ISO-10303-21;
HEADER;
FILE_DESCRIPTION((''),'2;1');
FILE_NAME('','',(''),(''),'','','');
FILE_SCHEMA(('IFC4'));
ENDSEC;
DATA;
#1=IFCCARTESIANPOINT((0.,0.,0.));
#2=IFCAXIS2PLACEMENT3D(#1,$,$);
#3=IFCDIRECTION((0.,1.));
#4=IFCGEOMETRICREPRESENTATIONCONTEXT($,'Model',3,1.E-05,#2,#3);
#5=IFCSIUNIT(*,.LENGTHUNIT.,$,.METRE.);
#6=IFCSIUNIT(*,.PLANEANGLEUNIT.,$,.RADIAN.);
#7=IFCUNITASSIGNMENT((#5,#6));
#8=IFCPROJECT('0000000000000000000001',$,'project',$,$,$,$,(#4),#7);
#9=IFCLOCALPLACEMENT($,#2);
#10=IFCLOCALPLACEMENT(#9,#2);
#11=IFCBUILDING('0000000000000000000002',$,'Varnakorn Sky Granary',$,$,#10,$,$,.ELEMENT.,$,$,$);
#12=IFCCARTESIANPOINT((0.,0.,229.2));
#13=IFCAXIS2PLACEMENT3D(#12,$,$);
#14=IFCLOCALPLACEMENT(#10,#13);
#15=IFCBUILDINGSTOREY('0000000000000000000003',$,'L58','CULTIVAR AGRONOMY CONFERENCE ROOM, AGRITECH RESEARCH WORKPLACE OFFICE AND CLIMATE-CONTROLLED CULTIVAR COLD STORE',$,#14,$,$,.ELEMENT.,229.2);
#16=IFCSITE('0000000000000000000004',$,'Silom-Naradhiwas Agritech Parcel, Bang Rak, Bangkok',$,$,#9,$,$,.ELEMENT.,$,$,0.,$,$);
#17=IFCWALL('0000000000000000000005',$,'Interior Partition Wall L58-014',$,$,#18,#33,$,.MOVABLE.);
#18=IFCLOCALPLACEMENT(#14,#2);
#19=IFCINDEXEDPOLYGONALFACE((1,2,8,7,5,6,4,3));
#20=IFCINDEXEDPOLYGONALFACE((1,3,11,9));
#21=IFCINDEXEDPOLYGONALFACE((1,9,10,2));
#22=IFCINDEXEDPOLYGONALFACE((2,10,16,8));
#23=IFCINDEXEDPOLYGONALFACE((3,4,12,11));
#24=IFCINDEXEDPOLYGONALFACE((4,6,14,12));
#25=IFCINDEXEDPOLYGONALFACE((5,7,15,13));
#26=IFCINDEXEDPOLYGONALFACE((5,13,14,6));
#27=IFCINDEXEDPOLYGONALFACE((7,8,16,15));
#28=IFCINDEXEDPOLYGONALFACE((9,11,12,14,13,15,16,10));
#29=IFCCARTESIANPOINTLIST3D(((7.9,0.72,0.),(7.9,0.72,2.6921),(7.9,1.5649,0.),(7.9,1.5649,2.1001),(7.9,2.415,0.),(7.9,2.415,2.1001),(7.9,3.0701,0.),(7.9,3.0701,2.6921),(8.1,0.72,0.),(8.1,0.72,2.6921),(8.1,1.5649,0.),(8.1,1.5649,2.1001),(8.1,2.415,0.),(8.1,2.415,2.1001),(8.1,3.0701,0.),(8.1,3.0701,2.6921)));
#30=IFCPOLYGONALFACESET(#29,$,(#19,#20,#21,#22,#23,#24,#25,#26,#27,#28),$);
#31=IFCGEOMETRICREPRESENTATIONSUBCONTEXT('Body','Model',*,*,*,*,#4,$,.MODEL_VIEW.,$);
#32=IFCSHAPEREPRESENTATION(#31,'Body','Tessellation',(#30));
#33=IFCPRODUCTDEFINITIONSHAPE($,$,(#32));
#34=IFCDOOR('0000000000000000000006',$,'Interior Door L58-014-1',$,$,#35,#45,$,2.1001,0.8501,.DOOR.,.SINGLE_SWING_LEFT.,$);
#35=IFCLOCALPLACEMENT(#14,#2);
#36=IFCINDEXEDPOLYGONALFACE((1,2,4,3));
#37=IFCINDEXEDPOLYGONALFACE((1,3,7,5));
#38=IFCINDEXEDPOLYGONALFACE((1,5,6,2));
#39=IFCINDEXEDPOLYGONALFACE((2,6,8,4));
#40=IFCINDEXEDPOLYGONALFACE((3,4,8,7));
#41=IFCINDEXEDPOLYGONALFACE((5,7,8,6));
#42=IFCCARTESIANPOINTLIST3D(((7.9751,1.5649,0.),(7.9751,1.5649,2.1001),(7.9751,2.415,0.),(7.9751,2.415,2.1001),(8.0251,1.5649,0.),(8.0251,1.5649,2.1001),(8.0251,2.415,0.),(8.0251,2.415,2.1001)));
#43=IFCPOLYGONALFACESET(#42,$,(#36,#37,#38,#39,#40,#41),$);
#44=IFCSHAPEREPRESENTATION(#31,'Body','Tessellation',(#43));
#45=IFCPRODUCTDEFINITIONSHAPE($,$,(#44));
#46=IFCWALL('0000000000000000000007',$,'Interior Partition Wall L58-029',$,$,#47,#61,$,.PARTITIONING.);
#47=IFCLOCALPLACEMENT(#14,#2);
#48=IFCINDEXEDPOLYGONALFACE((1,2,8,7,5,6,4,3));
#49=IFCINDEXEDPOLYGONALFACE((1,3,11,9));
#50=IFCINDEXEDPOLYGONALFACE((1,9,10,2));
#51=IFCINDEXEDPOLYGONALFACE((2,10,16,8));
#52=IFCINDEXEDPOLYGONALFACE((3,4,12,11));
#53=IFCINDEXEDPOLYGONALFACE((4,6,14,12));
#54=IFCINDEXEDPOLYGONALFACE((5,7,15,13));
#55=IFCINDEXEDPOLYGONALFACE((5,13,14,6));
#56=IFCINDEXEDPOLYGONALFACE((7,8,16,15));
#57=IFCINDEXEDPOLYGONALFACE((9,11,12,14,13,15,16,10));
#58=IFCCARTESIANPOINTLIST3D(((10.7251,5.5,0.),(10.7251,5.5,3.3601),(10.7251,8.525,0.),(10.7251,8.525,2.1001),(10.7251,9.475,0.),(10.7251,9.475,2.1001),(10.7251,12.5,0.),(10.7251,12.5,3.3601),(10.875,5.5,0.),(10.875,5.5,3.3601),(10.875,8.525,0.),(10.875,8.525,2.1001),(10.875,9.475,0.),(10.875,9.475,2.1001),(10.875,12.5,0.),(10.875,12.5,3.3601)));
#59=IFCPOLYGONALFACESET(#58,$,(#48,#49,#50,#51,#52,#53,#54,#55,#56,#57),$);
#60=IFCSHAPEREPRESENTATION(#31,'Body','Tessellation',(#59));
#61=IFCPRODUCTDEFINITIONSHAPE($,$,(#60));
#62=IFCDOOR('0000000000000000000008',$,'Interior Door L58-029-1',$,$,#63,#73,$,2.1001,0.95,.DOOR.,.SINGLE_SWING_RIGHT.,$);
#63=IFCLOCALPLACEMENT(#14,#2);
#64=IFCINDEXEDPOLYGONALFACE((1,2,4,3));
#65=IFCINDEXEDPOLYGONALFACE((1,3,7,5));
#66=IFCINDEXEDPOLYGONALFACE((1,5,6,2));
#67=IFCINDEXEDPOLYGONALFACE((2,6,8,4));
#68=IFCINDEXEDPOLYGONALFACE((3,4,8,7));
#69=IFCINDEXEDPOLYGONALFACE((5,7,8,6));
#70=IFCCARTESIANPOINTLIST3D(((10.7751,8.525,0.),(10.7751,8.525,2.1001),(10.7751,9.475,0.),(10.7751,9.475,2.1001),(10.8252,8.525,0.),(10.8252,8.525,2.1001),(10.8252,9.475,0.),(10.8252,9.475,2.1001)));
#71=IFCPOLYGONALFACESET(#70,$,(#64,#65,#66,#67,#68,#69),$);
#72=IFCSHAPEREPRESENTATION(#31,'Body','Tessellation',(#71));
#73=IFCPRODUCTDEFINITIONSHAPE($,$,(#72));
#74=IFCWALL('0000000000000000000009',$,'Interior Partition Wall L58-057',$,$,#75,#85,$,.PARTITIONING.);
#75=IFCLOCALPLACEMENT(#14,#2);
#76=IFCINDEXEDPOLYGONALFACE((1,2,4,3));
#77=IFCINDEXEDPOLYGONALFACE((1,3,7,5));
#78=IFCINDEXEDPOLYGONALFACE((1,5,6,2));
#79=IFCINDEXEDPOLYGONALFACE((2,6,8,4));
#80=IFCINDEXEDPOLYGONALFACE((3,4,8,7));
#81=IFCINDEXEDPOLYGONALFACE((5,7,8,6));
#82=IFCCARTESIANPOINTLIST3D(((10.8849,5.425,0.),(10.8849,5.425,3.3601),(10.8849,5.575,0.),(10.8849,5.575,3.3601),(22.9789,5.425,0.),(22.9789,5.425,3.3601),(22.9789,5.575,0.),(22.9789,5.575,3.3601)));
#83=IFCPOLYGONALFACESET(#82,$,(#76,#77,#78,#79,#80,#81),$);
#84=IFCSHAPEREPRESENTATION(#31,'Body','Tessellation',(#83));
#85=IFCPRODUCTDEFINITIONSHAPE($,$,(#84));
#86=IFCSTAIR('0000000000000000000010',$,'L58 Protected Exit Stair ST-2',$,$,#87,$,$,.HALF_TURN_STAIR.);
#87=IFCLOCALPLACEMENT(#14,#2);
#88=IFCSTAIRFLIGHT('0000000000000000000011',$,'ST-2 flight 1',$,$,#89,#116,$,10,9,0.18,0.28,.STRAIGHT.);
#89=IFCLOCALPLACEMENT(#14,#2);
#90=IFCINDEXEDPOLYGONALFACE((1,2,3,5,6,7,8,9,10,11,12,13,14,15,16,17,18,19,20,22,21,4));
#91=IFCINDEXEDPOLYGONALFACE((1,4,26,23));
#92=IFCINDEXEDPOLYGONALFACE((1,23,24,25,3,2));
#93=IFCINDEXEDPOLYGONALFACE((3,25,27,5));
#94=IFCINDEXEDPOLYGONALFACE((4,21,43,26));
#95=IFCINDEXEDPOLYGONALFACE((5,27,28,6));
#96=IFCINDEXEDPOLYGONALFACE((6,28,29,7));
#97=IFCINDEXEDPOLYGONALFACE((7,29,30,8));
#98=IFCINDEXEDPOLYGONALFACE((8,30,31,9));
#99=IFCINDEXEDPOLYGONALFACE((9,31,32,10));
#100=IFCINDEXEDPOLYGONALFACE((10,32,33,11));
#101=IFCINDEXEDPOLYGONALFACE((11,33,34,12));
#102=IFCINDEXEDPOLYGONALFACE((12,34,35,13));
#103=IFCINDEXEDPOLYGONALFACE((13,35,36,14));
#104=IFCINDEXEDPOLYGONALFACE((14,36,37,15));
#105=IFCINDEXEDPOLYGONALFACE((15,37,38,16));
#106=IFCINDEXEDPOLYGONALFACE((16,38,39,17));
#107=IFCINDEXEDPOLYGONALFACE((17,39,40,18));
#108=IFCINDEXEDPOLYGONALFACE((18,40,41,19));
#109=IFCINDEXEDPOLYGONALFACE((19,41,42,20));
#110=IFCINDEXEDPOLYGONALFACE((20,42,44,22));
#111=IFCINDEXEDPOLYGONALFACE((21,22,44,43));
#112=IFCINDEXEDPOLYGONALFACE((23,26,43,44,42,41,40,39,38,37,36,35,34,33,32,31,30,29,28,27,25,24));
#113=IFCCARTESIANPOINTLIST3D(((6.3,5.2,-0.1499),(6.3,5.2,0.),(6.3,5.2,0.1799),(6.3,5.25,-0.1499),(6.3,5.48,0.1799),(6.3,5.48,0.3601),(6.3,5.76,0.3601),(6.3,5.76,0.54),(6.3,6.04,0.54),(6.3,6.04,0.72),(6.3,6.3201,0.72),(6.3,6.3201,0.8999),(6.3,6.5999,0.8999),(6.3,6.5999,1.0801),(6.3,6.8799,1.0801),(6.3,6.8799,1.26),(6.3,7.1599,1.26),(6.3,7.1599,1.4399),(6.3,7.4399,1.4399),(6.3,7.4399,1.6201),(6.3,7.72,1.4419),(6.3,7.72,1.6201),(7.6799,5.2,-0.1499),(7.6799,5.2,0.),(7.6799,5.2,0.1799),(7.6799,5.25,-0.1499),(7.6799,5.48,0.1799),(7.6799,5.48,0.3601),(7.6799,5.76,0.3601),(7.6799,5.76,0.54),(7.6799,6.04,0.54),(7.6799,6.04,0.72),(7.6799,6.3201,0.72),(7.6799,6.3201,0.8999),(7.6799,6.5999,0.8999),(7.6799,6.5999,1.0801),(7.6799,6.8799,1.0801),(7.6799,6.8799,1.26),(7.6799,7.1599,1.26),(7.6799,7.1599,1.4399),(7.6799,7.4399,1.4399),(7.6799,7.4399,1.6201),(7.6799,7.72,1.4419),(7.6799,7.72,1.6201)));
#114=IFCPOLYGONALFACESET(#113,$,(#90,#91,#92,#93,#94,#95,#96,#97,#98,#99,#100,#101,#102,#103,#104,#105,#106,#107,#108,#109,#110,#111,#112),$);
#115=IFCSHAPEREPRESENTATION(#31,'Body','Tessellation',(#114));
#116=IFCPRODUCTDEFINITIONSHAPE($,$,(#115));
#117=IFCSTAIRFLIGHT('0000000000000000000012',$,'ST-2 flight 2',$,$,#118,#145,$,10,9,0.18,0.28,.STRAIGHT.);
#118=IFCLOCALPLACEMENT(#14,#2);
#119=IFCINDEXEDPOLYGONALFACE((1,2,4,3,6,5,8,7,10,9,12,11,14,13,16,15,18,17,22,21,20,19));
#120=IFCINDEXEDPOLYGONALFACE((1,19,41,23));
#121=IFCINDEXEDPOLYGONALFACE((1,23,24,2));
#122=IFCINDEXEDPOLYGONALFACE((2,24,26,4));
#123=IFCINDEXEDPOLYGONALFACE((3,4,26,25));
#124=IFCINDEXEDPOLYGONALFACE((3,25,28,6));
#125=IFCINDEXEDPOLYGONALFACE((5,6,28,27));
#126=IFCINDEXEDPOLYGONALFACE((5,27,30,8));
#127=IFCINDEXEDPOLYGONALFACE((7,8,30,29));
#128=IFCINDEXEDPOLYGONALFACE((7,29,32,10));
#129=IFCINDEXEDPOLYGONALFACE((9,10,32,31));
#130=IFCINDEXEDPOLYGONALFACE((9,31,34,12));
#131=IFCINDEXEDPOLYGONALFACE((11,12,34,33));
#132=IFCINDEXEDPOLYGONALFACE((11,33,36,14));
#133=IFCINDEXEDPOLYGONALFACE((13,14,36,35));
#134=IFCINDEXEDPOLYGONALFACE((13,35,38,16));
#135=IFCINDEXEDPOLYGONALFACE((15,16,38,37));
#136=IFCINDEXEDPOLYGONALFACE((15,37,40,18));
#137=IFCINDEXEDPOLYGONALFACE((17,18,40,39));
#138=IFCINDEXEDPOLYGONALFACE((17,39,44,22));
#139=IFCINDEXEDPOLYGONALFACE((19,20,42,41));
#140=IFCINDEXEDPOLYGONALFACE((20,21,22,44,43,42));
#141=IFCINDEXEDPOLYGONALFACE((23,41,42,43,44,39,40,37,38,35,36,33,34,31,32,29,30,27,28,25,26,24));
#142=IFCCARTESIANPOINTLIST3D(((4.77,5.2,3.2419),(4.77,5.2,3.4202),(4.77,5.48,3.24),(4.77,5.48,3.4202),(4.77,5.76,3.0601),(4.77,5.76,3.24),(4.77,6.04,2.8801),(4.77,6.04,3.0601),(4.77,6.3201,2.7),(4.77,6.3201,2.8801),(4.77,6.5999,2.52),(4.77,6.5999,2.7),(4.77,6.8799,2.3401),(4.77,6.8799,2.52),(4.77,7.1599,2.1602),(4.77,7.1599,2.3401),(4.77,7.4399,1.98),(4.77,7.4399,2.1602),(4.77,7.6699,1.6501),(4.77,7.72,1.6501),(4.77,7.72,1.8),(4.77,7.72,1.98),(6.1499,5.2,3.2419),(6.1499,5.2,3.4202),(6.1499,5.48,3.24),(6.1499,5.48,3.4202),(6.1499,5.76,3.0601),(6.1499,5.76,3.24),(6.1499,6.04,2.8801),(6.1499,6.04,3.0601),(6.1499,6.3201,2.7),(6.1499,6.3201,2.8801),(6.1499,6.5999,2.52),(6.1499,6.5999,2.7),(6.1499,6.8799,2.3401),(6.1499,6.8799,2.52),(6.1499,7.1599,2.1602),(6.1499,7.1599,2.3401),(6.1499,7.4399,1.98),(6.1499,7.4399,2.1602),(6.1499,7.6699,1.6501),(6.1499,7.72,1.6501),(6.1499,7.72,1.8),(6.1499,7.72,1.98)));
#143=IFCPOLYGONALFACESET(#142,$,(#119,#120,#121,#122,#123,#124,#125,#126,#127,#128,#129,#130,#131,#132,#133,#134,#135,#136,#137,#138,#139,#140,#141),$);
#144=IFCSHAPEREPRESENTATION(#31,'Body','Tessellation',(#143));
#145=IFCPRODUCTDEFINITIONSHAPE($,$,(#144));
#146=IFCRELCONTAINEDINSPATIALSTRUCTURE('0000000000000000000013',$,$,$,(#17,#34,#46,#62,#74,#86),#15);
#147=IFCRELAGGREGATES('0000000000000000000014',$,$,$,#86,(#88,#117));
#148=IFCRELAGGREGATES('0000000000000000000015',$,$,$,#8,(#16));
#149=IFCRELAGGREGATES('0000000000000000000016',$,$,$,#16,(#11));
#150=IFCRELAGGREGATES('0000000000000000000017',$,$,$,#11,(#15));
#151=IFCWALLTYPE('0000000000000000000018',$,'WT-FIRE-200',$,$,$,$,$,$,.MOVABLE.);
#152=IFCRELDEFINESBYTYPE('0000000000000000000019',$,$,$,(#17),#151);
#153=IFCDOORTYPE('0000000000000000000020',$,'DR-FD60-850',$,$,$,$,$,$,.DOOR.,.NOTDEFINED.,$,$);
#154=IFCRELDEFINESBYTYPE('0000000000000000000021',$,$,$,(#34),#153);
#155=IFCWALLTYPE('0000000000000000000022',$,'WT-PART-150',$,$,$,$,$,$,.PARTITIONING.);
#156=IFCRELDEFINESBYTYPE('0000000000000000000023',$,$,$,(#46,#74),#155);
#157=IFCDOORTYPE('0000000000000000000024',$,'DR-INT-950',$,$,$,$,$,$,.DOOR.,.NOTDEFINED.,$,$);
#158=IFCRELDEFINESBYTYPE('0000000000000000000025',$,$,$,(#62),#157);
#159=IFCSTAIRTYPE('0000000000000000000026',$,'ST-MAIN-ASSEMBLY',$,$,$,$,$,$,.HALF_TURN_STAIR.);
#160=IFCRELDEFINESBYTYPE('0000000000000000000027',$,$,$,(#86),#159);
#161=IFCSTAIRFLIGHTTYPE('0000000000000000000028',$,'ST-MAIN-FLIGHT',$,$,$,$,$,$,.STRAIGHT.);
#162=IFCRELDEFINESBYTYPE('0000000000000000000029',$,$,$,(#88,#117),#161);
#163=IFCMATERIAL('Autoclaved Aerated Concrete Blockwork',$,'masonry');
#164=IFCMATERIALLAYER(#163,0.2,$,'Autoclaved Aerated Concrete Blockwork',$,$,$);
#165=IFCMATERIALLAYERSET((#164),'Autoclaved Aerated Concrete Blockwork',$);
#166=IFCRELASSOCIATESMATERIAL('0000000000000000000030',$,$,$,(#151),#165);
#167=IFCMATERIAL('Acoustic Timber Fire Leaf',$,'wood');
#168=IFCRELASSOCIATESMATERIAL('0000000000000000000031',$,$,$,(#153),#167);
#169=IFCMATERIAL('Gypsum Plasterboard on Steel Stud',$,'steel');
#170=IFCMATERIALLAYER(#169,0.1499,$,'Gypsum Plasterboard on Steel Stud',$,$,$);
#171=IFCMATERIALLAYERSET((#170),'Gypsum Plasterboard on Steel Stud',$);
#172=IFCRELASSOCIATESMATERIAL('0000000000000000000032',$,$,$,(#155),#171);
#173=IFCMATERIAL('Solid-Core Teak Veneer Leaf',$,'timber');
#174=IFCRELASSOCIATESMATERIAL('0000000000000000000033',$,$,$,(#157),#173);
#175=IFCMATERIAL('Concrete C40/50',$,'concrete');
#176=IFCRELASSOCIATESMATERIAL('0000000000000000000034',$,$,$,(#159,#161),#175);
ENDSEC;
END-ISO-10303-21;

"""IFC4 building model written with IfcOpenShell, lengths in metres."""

from ifc_helpers import new_model, si_unit, direction, frame, frame_2d, origin, place, context, subcontext, project, spatial, polyline, rectangle, outline, extrude, material, layer, layer_set, type_object, element, fill, aggregate, save


model = new_model("IFC4")

# Units and contexts
model_context = context("Model", 3, precision=1e-05, world=origin(), true_north=direction((0.0, 1.0)))
body_context = subcontext(model_context, "Body", "Model", "MODEL_VIEW")
ifc_project = project(units=[si_unit("LENGTHUNIT", "METRE"), si_unit("PLANEANGLEUNIT", "RADIAN")], contexts=[model_context])

# Site, building, storey
site_placement = place(None, origin())
site = spatial("IfcSite", under=ifc_project, at=site_placement, Name="Silom-Naradhiwas Agritech Parcel, Bang Rak, Bangkok", CompositionType="ELEMENT", RefElevation=0.0)
building_placement = place(site_placement, origin())
building = spatial("IfcBuilding", under=site, at=building_placement, Name="Varnakorn Sky Granary", CompositionType="ELEMENT")
storey_placement = place(building_placement, frame((0.0, 0.0, 229.2)))
storey = spatial("IfcBuildingStorey", under=building, at=storey_placement, Name="L58", Description="CULTIVAR AGRONOMY CONFERENCE ROOM, AGRITECH RESEARCH WORKPLACE OFFICE AND CLIMATE-CONTROLLED CULTIVAR COLD STORE", CompositionType="ELEMENT", Elevation=229.2)

# Walls, openings, doors
ifc_material_1 = material(Name="Autoclaved Aerated Concrete Blockwork", Category="masonry")
ifc_layer_1 = layer(ifc_material_1, 0.2, Name="Autoclaved Aerated Concrete Blockwork")
ifc_layer_set_1 = layer_set([ifc_layer_1], Name="Autoclaved Aerated Concrete Blockwork")
wall_type_1 = type_object("IfcWallType", Name="WT-FIRE-200", PredefinedType="MOVABLE", material=ifc_layer_set_1)
ifc_material_2 = material(Name="Acoustic Timber Fire Leaf", Category="wood")
wall_1_placement = place(storey_placement, frame((8.0, 0.72, 0.0), z_axis=(0.0, 0.0, 1.0), x_axis=(0.0, 1.0, 0.0)))
wall_1 = element("IfcWall", 1, at=wall_1_placement, inside=storey, type_object=wall_type_1, Name="Interior Partition Wall L58-014", PredefinedType="MOVABLE", context=body_context, shape_type="SweptSolid", body=[
    extrude(rectangle(XDim=2.3501, YDim=0.2, at=frame_2d((1.175, 0.0))), origin(), (0.0, 0.0, 1.0), 2.6921),
])
opening_1_placement = place(wall_1_placement, frame((0.845, 0.0, 0.0)))
opening_1 = element("IfcOpeningElement", 2, at=opening_1_placement, cuts=wall_1, PredefinedType="OPENING", context=body_context, shape_type="SweptSolid", body=[
    extrude(rectangle(XDim=0.8501, YDim=2.1001, at=frame_2d((0.425, 1.05))), frame((0.0, 0.1099, 0.0), z_axis=(0.0, -1.0, 0.0), x_axis=(1.0, 0.0, 0.0)), (0.0, 0.0, 1.0), 0.22),
])
door_type_1 = type_object("IfcDoorType", Name="DR-FD60-850", OperationType="NOTDEFINED", PredefinedType="DOOR", material=ifc_material_2)
door_1_placement = place(opening_1_placement, origin())
door_1 = element("IfcDoor", 3, at=door_1_placement, inside=storey, type_object=door_type_1, Name="Interior Door L58-014-1", OperationType="SINGLE_SWING_LEFT", OverallHeight=2.1001, OverallWidth=0.8501, PredefinedType="DOOR", context=body_context, shape_type="SweptSolid", body=[
    extrude(rectangle(XDim=0.8501, YDim=2.1001, at=frame_2d((0.425, 1.05))), frame((0.0, 0.0249, 0.0), z_axis=(0.0, -1.0, 0.0), x_axis=(1.0, 0.0, 0.0)), (0.0, 0.0, 1.0), 0.05),
])
fill(opening_1, door_1)
ifc_material_3 = material(Name="Gypsum Plasterboard on Steel Stud", Category="steel")
ifc_layer_2 = layer(ifc_material_3, 0.1499, Name="Gypsum Plasterboard on Steel Stud")
ifc_layer_set_2 = layer_set([ifc_layer_2], Name="Gypsum Plasterboard on Steel Stud")
wall_type_2 = type_object("IfcWallType", Name="WT-PART-150", PredefinedType="PARTITIONING", material=ifc_layer_set_2)
wall_2_placement = place(storey_placement, frame((10.8, 5.5, 0.0), z_axis=(0.0, 0.0, 1.0), x_axis=(0.0, 1.0, 0.0)))
wall_2 = element("IfcWall", 4, at=wall_2_placement, inside=storey, type_object=wall_type_2, Name="Interior Partition Wall L58-029", PredefinedType="PARTITIONING", context=body_context, shape_type="SweptSolid", body=[
    extrude(rectangle(XDim=7.0, YDim=0.1499, at=frame_2d((3.5, 0.0))), origin(), (0.0, 0.0, 1.0), 3.3601),
])
opening_2_placement = place(wall_2_placement, frame((3.0249, 0.0, 0.0)))
opening_2 = element("IfcOpeningElement", 5, at=opening_2_placement, cuts=wall_2, PredefinedType="OPENING", context=body_context, shape_type="SweptSolid", body=[
    extrude(rectangle(XDim=0.95, YDim=2.1001, at=frame_2d((0.4751, 1.05))), frame((0.0, 0.085, 0.0), z_axis=(0.0, -1.0, 0.0), x_axis=(1.0, 0.0, 0.0)), (0.0, 0.0, 1.0), 0.1699),
])
ifc_material_4 = material(Name="Solid-Core Teak Veneer Leaf", Category="timber")
door_type_2 = type_object("IfcDoorType", Name="DR-INT-950", OperationType="NOTDEFINED", PredefinedType="DOOR", material=ifc_material_4)
door_2_placement = place(opening_2_placement, origin())
door_2 = element("IfcDoor", 6, at=door_2_placement, inside=storey, type_object=door_type_2, Name="Interior Door L58-029-1", OperationType="SINGLE_SWING_RIGHT", OverallHeight=2.1001, OverallWidth=0.95, PredefinedType="DOOR", context=body_context, shape_type="SweptSolid", body=[
    extrude(rectangle(XDim=0.95, YDim=2.1001, at=frame_2d((0.4751, 1.05))), frame((0.0, 0.0249, 0.0), z_axis=(0.0, -1.0, 0.0), x_axis=(1.0, 0.0, 0.0)), (0.0, 0.0, 1.0), 0.05),
])
fill(opening_2, door_2)

# Wall
wall_3_placement = place(storey_placement, frame((10.885, 5.5, 0.0), z_axis=(0.0, 0.0, 1.0), x_axis=(1.0, 0.0, 0.0)))
element("IfcWall", 7, at=wall_3_placement, inside=storey, type_object=wall_type_2, Name="Interior Partition Wall L58-057", PredefinedType="PARTITIONING", context=body_context, shape_type="SweptSolid", body=[
    extrude(rectangle(XDim=12.094, YDim=0.1499, at=frame_2d((6.0469, 0.0))), origin(), (0.0, 0.0, 1.0), 3.3601),
])

# Stair, stair flights
ifc_material_5 = material(Name="Concrete C40/50", Category="concrete")
stair_type = type_object("IfcStairType", Name="ST-MAIN-ASSEMBLY", PredefinedType="HALF_TURN_STAIR", material=ifc_material_5)
stair_placement = place(storey_placement, origin())
stair = element("IfcStair", 8, at=stair_placement, inside=storey, type_object=stair_type, Name="L58 Protected Exit Stair ST-2", PredefinedType="HALF_TURN_STAIR")
stair_flight_type = type_object("IfcStairFlightType", Name="ST-MAIN-FLIGHT", PredefinedType="STRAIGHT", material=ifc_material_5)
stair_flight_1_placement = place(storey_placement, frame((6.99, 5.2, 0.0), z_axis=(0.0, 0.0, 1.0), x_axis=(0.0, 1.0, 0.0)))
stair_flight_1 = element("IfcStairFlight", 9, at=stair_flight_1_placement, type_object=stair_flight_type, Name="ST-2 flight 1", NumberOfRisers=10, NumberOfTreads=9, PredefinedType="STRAIGHT", RiserHeight=0.18, TreadLength=0.28, context=body_context, shape_type="SweptSolid", body=[
    extrude(outline(polyline([(0.0, -0.1499), (0.0, 0.0), (0.0, 0.1799), (0.28, 0.1799), (0.28, 0.3601), (0.5601, 0.3601), (0.5601, 0.54), (0.8401, 0.54), (0.8401, 0.72), (1.1201, 0.72), (1.1201, 0.8999), (1.3999, 0.8999), (1.3999, 1.0801), (1.6799, 1.0801), (1.6799, 1.26), (1.96, 1.26), (1.96, 1.4399), (2.24, 1.4399), (2.24, 1.6201), (2.52, 1.6201), (2.52, 1.8), (2.52, 1.4419), (0.05, -0.1499), (0.0, -0.1499)])), frame((0.0, 0.6899, 0.0), z_axis=(0.0, -1.0, 0.0), x_axis=(1.0, 0.0, 0.0)), (0.0, 0.0, 1.0), 1.3799),
])
stair_flight_2_placement = place(storey_placement, frame((5.46, 7.72, 1.8), z_axis=(0.0, 0.0, 1.0), x_axis=(0.0, -1.0, 0.0)))
stair_flight_2 = element("IfcStairFlight", 10, at=stair_flight_2_placement, type_object=stair_flight_type, Name="ST-2 flight 2", NumberOfRisers=10, NumberOfTreads=9, PredefinedType="STRAIGHT", RiserHeight=0.18, TreadLength=0.28, context=body_context, shape_type="SweptSolid", body=[
    extrude(outline(polyline([(0.0, -0.1499), (0.0, 0.0), (0.0, 0.1799), (0.28, 0.1799), (0.28, 0.3601), (0.5601, 0.3601), (0.5601, 0.54), (0.8401, 0.54), (0.8401, 0.72), (1.1201, 0.72), (1.1201, 0.8999), (1.3999, 0.8999), (1.3999, 1.0801), (1.6799, 1.0801), (1.6799, 1.26), (1.96, 1.26), (1.96, 1.4399), (2.24, 1.4399), (2.24, 1.6201), (2.52, 1.6201), (2.52, 1.8), (2.52, 1.4419), (0.05, -0.1499), (0.0, -0.1499)])), frame((0.0, 0.6899, 0.0), z_axis=(0.0, -1.0, 0.0), x_axis=(1.0, 0.0, 0.0)), (0.0, 0.0, 1.0), 1.3799),
])
aggregate(stair, [stair_flight_1, stair_flight_2])

save(model, "model.ifc")
